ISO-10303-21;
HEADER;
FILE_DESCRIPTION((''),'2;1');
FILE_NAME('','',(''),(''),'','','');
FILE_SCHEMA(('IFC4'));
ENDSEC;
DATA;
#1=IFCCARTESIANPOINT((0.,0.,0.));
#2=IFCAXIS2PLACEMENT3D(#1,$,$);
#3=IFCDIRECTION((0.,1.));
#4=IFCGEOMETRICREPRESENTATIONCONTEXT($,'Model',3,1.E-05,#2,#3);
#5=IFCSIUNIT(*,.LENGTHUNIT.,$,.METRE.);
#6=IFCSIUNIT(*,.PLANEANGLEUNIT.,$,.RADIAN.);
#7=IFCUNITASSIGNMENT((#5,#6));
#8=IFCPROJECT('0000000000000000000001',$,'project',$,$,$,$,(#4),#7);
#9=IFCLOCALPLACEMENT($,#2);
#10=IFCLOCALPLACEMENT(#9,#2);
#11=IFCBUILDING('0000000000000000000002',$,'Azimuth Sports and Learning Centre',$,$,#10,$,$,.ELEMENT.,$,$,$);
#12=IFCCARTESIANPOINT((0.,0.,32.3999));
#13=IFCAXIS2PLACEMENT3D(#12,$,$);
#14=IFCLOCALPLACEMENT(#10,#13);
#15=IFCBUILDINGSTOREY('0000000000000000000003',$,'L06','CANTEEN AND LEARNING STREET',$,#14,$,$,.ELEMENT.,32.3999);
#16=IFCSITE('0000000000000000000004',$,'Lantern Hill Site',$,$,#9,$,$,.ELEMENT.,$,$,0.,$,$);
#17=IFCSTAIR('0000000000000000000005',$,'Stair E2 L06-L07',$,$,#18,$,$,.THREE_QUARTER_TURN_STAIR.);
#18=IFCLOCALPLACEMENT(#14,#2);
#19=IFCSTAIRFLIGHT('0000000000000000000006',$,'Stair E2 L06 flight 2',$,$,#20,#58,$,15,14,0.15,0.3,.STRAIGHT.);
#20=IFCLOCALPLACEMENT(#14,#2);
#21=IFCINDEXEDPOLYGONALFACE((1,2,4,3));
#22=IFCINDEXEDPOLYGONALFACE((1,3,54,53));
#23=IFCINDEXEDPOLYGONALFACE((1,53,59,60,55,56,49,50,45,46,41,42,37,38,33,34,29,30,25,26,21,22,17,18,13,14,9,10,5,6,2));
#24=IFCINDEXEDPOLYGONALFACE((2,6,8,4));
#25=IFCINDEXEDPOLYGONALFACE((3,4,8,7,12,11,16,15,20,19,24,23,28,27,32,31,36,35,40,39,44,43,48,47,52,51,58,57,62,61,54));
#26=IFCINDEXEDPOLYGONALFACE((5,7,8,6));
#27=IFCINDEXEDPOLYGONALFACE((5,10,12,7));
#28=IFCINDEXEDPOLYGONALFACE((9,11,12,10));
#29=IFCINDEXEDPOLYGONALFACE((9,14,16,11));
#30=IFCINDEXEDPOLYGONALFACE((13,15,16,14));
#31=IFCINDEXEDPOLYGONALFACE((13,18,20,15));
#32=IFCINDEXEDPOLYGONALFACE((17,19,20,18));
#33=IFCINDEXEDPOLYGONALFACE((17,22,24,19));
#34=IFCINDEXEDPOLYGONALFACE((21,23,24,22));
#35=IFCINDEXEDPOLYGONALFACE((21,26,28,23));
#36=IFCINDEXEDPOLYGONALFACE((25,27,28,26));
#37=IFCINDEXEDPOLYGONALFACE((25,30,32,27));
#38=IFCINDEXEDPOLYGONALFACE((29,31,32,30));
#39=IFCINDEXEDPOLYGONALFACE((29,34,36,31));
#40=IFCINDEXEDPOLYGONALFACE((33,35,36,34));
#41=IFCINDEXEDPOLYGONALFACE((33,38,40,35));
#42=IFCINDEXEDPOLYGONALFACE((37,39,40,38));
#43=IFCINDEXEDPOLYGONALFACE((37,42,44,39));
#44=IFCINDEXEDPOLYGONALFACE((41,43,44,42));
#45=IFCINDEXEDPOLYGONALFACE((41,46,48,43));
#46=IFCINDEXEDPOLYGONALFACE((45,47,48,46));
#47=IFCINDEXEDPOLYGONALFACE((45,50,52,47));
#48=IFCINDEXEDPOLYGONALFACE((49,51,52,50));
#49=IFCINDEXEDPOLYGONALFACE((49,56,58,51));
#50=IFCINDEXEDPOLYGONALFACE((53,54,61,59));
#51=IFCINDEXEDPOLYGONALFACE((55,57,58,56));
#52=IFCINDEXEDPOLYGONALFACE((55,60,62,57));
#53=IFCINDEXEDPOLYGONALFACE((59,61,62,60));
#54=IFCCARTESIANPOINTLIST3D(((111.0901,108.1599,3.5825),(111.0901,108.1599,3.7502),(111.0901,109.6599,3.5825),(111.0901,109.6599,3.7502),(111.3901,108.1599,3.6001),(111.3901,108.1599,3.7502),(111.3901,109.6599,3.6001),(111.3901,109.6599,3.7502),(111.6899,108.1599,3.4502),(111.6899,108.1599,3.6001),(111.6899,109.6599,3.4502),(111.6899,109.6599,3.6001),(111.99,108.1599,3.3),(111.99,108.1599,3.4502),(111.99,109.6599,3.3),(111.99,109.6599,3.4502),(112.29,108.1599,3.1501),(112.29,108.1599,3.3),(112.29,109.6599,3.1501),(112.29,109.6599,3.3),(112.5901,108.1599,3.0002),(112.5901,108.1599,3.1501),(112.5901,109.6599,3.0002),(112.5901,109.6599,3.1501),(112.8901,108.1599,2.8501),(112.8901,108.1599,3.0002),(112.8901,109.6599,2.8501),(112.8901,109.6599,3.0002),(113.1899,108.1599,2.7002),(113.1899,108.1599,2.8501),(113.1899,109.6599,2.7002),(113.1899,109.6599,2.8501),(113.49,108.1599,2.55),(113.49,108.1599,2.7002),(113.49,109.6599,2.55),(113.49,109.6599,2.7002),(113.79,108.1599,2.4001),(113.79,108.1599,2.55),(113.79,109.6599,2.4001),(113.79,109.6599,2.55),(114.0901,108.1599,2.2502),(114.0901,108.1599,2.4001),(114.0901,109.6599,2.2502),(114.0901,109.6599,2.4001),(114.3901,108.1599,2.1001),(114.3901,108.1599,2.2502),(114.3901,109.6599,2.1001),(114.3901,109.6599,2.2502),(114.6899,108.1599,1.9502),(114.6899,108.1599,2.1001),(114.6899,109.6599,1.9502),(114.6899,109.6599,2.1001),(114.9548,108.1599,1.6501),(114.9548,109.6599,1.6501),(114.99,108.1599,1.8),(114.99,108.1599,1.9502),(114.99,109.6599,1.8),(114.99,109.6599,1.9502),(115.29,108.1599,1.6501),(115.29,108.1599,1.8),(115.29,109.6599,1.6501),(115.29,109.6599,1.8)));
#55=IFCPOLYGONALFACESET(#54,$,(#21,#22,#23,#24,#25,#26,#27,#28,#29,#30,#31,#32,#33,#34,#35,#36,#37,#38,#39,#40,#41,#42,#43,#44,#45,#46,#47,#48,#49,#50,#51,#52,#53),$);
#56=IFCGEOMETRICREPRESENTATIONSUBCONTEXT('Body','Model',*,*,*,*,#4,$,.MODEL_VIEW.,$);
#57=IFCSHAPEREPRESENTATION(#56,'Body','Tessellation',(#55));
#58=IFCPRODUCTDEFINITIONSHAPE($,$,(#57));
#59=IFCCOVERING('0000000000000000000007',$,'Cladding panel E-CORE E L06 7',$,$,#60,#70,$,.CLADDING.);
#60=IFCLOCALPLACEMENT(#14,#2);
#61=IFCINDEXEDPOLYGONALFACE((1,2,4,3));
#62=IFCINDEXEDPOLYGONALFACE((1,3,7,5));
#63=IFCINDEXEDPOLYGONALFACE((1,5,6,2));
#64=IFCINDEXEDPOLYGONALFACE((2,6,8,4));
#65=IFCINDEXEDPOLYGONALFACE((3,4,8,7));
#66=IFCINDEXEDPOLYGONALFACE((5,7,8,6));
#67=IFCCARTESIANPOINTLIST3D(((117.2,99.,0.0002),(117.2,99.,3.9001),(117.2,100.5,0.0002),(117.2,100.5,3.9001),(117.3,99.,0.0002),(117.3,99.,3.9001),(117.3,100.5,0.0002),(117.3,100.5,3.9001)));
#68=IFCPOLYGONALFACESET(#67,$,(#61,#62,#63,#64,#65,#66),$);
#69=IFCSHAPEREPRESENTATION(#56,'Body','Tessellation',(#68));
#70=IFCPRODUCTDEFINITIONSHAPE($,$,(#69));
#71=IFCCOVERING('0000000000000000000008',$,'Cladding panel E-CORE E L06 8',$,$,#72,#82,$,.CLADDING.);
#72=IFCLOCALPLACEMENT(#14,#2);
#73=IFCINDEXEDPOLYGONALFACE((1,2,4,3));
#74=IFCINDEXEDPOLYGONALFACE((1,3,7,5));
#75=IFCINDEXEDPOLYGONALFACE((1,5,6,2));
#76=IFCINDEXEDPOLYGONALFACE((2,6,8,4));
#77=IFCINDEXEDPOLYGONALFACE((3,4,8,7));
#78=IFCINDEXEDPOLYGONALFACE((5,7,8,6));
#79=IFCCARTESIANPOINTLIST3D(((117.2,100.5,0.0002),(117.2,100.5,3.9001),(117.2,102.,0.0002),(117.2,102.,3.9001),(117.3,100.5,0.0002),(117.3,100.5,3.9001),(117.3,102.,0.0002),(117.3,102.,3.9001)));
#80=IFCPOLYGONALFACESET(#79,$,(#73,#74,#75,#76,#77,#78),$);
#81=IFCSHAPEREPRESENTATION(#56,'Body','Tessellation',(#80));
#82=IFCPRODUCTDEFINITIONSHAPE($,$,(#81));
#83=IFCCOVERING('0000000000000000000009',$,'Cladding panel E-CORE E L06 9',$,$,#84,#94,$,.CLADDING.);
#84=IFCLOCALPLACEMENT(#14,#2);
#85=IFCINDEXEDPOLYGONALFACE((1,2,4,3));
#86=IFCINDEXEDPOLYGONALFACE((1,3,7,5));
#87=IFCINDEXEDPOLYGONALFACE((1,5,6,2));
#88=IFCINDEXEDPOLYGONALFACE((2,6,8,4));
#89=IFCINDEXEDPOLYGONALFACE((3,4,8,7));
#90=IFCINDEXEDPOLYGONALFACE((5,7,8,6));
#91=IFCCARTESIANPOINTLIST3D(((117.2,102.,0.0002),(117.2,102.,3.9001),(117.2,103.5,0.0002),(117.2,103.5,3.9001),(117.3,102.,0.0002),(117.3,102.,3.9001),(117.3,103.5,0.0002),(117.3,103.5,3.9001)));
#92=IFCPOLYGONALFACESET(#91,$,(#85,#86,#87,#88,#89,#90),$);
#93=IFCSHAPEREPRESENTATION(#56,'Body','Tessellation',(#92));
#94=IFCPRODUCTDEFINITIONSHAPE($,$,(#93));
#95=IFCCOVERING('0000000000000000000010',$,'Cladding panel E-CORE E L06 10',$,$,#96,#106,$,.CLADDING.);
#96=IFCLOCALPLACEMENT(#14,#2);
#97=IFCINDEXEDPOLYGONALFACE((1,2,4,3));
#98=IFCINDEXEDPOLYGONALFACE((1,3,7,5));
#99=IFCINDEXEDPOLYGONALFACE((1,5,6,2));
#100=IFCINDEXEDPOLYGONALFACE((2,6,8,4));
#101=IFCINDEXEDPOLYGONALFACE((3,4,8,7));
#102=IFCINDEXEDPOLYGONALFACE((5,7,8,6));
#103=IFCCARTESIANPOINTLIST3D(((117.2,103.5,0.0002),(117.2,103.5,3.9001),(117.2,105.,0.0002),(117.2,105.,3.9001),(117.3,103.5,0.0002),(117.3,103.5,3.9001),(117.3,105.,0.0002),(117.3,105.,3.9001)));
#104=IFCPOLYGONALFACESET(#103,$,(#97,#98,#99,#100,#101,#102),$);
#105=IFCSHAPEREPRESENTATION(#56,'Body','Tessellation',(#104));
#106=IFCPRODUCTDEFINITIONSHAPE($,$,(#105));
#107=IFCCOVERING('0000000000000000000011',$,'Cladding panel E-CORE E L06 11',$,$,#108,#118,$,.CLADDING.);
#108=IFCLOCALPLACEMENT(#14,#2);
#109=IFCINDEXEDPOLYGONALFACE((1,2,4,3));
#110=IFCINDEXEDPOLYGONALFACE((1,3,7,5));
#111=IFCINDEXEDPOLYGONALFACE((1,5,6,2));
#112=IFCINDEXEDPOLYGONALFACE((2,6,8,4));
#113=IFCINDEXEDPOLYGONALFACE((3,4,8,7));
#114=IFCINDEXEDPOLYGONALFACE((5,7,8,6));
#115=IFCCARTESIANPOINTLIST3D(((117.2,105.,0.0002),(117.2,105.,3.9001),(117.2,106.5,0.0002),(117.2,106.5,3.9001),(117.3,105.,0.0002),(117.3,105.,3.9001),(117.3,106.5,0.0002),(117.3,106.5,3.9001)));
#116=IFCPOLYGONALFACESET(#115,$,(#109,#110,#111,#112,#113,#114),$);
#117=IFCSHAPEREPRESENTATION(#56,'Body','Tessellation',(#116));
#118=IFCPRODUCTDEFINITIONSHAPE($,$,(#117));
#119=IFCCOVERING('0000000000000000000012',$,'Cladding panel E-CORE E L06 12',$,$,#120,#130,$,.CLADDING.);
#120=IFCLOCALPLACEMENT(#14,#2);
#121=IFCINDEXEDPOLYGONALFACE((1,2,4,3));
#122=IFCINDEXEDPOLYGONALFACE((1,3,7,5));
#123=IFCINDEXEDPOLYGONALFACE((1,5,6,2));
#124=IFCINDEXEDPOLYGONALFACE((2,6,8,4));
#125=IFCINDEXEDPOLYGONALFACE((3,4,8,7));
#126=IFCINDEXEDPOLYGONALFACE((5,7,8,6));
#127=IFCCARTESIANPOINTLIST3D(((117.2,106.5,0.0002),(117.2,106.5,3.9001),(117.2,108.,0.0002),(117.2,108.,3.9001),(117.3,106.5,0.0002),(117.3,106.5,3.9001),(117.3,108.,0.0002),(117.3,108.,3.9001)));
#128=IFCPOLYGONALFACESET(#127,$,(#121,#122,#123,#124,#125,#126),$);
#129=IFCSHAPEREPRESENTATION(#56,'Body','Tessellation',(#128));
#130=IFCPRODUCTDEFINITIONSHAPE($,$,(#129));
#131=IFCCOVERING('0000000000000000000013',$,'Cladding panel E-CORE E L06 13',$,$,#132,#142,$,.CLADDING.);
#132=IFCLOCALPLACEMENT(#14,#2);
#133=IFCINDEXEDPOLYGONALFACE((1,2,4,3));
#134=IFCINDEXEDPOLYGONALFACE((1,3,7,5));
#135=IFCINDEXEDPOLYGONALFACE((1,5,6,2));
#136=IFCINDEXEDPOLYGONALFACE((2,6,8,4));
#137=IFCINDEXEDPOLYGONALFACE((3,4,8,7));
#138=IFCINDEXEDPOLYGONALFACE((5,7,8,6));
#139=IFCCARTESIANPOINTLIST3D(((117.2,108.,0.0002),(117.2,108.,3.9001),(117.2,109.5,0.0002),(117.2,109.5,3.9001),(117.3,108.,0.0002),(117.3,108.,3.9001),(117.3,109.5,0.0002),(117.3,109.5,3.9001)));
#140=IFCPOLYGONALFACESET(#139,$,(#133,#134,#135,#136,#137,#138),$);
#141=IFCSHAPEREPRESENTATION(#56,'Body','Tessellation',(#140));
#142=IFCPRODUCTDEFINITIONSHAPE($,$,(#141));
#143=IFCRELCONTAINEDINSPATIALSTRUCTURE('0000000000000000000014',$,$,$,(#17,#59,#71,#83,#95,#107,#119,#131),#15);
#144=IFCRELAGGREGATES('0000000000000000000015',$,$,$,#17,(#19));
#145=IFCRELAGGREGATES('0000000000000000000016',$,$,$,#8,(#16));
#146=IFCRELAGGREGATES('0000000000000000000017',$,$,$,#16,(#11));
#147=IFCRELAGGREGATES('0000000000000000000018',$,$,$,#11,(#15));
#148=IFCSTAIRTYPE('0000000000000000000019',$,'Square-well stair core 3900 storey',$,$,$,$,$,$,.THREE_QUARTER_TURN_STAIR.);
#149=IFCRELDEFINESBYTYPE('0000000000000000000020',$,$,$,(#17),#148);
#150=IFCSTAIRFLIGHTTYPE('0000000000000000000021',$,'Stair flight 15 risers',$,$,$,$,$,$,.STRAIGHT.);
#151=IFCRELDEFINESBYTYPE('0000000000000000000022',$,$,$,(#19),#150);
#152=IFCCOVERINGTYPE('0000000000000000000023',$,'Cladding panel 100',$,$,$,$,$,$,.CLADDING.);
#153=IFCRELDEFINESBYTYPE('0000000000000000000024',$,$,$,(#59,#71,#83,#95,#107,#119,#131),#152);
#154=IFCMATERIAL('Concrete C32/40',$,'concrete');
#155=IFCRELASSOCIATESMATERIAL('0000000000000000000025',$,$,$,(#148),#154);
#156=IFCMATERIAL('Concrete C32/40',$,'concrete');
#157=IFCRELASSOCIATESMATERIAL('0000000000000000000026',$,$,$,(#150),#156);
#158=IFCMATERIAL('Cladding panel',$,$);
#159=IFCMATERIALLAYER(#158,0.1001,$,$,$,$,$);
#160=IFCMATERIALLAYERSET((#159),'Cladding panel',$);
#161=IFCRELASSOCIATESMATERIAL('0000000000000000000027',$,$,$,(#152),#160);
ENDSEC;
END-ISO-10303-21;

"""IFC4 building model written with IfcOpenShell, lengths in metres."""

from ifc_helpers import new_model, si_unit, direction, frame, origin, origin_2d, place, context, subcontext, project, spatial, polyline, rectangle, outline, extrude, material, layer, layer_set, type_object, element, aggregate, save


model = new_model("IFC4")

# Units and contexts
model_context = context("Model", 3, precision=1e-05, world=origin(), true_north=direction((0.0, 1.0)))
body_context = subcontext(model_context, "Body", "Model", "MODEL_VIEW")
ifc_project = project(units=[si_unit("LENGTHUNIT", "METRE"), si_unit("PLANEANGLEUNIT", "RADIAN")], contexts=[model_context])

# Site, building, storey
site_placement = place(None, origin())
site = spatial("IfcSite", under=ifc_project, at=site_placement, Name="Lantern Hill Site", CompositionType="ELEMENT", RefElevation=0.0)
building_placement = place(site_placement, origin())
building = spatial("IfcBuilding", under=site, at=building_placement, Name="Azimuth Sports and Learning Centre", CompositionType="ELEMENT")
storey_placement = place(building_placement, frame((0.0, 0.0, 32.3999)))
storey = spatial("IfcBuildingStorey", under=building, at=storey_placement, Name="L06", Description="CANTEEN AND LEARNING STREET", CompositionType="ELEMENT", Elevation=32.3999)

# Stair, stair flight
ifc_material_1 = material(Name="Concrete C32/40", Category="concrete")
stair_type = type_object("IfcStairType", Name="Square-well stair core 3900 storey", PredefinedType="THREE_QUARTER_TURN_STAIR", material=ifc_material_1)
stair_placement = place(storey_placement, origin())
stair = element("IfcStair", 1, at=stair_placement, inside=storey, type_object=stair_type, Name="Stair E2 L06-L07", PredefinedType="THREE_QUARTER_TURN_STAIR")
ifc_material_2 = material(Name="Concrete C32/40", Category="concrete")
stair_flight_type = type_object("IfcStairFlightType", Name="Stair flight 15 risers", PredefinedType="STRAIGHT", material=ifc_material_2)
stair_flight_placement = place(storey_placement, frame((115.29, 108.9099, 1.6501), z_axis=(0.0, 0.0, 1.0), x_axis=(-1.0, 0.0, 0.0)))
stair_flight = element("IfcStairFlight", 2, at=stair_flight_placement, type_object=stair_flight_type, Name="Stair E2 L06 flight 2", NumberOfRisers=15, NumberOfTreads=14, PredefinedType="STRAIGHT", RiserHeight=0.15, TreadLength=0.3, context=body_context, shape_type="SweptSolid", body=[
    extrude(outline(polyline([(0.0, 0.0), (0.0, 0.1499), (0.3, 0.1499), (0.3, 0.3), (0.6001, 0.3), (0.6001, 0.45), (0.8999, 0.45), (0.8999, 0.6001), (1.2, 0.6001), (1.2, 0.75), (1.5, 0.75), (1.5, 0.8999), (1.8, 0.8999), (1.8, 1.05), (2.1001, 1.05), (2.1001, 1.2), (2.3999, 1.2), (2.3999, 1.3501), (2.7, 1.3501), (2.7, 1.5), (3.0, 1.5), (3.0, 1.6499), (3.3, 1.6499), (3.3, 1.8), (3.6001, 1.8), (3.6001, 1.95), (3.8999, 1.95), (3.8999, 2.1001), (4.2, 2.1001), (4.2, 2.25), (4.2, 1.9324), (0.3352, 0.0), (0.0, 0.0)])), frame((0.0, 0.75, 0.0), z_axis=(0.0, -1.0, 0.0), x_axis=(1.0, 0.0, 0.0)), (0.0, 0.0, 1.0), 1.5),
])
aggregate(stair, [stair_flight])

# Coverings
ifc_material_3 = material(Name="Cladding panel")
ifc_layer_1 = layer(ifc_material_3, 0.1001)
ifc_layer_set_1 = layer_set([ifc_layer_1], Name="Cladding panel")
covering_type = type_object("IfcCoveringType", Name="Cladding panel 100", PredefinedType="CLADDING", material=ifc_layer_set_1)
for number, where, z_axis, x_axis, name in (
    (3, (117.25, 99.75, 0.0002), (0.0, 0.0, 1.0), (0.0, 1.0, 0.0), "Cladding panel E-CORE E L06 7"),
    (4, (117.25, 101.25, 0.0002), (0.0, 0.0, 1.0), (0.0, 1.0, 0.0), "Cladding panel E-CORE E L06 8"),
    (5, (117.25, 102.75, 0.0002), (0.0, 0.0, 1.0), (0.0, 1.0, 0.0), "Cladding panel E-CORE E L06 9"),
    (6, (117.25, 104.25, 0.0002), (0.0, 0.0, 1.0), (0.0, 1.0, 0.0), "Cladding panel E-CORE E L06 10"),
    (7, (117.25, 105.75, 0.0002), (0.0, 0.0, 1.0), (0.0, 1.0, 0.0), "Cladding panel E-CORE E L06 11"),
    (8, (117.25, 107.25, 0.0002), (0.0, 0.0, 1.0), (0.0, 1.0, 0.0), "Cladding panel E-CORE E L06 12"),
    (9, (117.25, 108.75, 0.0002), (0.0, 0.0, 1.0), (0.0, 1.0, 0.0), "Cladding panel E-CORE E L06 13"),
):
    element("IfcCovering", number, at=place(storey_placement, frame(where, z_axis=z_axis, x_axis=x_axis)), inside=storey, type_object=covering_type, Name=name, PredefinedType="CLADDING", context=body_context, shape_type="SweptSolid", body=[
        extrude(rectangle(XDim=1.5, YDim=0.1001, at=origin_2d()), origin(), (0.0, 0.0, 1.0), 3.8999),
    ])

save(model, "model.ifc")
